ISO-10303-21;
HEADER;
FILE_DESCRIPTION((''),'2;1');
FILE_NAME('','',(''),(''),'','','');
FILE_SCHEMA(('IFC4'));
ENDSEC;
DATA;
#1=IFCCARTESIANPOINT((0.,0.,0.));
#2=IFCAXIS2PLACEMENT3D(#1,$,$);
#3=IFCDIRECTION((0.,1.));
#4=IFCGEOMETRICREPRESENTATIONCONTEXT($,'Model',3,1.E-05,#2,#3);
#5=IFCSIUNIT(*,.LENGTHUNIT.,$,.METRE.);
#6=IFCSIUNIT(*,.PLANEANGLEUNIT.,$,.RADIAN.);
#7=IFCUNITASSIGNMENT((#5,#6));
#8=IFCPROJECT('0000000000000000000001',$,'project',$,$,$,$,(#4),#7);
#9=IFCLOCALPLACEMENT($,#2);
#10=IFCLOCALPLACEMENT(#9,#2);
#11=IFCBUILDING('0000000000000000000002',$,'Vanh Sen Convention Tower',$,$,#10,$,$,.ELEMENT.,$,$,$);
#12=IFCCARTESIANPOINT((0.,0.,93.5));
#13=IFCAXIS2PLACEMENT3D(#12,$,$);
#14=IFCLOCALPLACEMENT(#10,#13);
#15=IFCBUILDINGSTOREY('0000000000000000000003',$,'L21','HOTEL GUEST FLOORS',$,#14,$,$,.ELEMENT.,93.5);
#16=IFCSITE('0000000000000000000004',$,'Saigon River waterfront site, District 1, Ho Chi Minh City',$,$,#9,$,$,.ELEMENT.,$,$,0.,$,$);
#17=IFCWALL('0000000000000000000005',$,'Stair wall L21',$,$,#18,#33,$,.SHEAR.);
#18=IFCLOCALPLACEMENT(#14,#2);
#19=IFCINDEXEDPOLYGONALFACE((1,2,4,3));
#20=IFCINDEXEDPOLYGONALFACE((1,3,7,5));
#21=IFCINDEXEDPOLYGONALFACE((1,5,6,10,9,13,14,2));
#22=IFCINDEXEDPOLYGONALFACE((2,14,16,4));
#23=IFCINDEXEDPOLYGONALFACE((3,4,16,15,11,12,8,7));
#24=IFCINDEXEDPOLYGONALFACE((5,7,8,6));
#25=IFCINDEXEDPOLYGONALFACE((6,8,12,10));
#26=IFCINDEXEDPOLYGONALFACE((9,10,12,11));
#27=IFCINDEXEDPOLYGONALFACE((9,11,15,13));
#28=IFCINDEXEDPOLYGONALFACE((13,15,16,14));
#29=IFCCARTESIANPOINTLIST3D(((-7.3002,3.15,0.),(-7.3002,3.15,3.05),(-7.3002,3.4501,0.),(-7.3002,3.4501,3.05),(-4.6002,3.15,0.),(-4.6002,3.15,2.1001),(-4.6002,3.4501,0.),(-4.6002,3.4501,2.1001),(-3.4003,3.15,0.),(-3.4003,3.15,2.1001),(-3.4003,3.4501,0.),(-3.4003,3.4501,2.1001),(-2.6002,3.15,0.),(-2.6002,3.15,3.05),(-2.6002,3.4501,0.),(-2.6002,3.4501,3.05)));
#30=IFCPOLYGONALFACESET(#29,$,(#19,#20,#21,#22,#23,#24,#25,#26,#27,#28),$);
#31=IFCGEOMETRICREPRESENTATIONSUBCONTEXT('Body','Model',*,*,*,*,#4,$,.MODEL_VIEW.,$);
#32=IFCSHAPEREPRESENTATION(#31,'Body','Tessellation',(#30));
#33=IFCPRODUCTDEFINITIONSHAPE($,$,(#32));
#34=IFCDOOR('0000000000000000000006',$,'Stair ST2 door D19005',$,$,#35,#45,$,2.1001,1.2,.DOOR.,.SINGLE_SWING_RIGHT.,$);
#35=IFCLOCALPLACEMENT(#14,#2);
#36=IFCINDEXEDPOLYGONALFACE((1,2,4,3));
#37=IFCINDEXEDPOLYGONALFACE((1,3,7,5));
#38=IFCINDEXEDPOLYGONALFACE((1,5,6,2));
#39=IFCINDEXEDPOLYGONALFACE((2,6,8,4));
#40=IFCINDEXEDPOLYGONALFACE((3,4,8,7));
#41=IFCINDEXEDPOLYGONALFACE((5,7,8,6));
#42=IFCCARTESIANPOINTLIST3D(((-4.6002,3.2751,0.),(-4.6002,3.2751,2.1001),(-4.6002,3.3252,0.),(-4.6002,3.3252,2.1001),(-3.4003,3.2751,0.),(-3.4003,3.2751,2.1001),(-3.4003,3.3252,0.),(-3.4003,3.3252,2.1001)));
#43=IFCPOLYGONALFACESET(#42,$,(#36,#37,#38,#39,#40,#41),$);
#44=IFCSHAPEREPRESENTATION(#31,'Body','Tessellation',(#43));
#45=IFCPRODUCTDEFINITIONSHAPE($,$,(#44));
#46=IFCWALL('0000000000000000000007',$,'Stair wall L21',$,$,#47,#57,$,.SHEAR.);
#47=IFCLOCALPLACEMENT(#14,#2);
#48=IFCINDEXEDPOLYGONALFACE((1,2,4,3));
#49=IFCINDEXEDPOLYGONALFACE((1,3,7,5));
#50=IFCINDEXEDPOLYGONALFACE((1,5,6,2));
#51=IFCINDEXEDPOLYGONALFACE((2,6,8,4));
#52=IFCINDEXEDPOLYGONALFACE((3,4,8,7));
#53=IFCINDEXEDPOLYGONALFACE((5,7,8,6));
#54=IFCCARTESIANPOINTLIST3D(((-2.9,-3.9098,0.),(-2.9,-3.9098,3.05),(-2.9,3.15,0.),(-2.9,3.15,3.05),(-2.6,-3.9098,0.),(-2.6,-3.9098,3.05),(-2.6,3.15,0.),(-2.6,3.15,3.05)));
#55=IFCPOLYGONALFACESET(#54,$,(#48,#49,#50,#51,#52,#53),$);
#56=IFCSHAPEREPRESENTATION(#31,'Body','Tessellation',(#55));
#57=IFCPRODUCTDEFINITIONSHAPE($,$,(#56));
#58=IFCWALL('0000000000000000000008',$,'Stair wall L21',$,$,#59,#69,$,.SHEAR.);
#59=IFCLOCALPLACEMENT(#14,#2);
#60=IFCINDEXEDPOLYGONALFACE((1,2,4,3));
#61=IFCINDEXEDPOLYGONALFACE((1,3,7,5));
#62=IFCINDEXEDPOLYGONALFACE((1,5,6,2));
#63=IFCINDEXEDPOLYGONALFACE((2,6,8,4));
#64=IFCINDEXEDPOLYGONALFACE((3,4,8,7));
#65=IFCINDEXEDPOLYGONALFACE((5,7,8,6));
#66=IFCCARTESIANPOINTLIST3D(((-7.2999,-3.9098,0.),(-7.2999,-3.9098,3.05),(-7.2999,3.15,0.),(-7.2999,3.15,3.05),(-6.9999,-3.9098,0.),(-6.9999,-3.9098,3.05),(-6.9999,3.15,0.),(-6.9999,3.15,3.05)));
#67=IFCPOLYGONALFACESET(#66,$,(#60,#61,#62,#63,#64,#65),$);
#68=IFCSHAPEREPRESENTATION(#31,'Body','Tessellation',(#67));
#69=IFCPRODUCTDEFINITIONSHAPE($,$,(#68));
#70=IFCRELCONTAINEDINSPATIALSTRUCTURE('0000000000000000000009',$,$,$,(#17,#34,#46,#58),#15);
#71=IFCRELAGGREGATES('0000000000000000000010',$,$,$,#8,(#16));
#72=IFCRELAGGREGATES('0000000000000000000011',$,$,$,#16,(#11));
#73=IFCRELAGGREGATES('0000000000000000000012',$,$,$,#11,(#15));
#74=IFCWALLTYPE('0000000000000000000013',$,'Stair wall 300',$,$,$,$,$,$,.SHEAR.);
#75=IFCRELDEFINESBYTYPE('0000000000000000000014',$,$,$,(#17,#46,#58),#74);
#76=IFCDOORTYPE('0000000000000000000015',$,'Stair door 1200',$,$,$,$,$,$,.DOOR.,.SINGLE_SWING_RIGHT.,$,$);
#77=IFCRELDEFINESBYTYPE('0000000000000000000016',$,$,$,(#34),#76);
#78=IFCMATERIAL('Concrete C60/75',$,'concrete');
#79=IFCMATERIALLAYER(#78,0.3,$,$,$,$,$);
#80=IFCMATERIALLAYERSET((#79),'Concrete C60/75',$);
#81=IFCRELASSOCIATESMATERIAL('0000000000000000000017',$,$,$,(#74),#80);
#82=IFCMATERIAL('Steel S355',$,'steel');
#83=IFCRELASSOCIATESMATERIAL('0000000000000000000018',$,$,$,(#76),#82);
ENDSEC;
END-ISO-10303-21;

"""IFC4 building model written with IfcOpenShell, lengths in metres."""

from ifc_helpers import new_model, si_unit, direction, frame, frame_2d, origin, place, context, subcontext, project, spatial, rectangle, extrude, material, layer, layer_set, type_object, element, fill, save


model = new_model("IFC4")

# Units and contexts
model_context = context("Model", 3, precision=1e-05, world=origin(), true_north=direction((0.0, 1.0)))
body_context = subcontext(model_context, "Body", "Model", "MODEL_VIEW")
ifc_project = project(units=[si_unit("LENGTHUNIT", "METRE"), si_unit("PLANEANGLEUNIT", "RADIAN")], contexts=[model_context])

# Site, building, storey
site_placement = place(None, origin())
site = spatial("IfcSite", under=ifc_project, at=site_placement, Name="Saigon River waterfront site, District 1, Ho Chi Minh City", CompositionType="ELEMENT", RefElevation=0.0)
building_placement = place(site_placement, origin())
building = spatial("IfcBuilding", under=site, at=building_placement, Name="Vanh Sen Convention Tower", CompositionType="ELEMENT")
storey_placement = place(building_placement, frame((0.0, 0.0, 93.5)))
storey = spatial("IfcBuildingStorey", under=building, at=storey_placement, Name="L21", Description="HOTEL GUEST FLOORS", CompositionType="ELEMENT", Elevation=93.5)

# Shared definitions
ifc_material_1 = material(Name="Steel S355", Category="steel")
ifc_material_2 = material(Name="Concrete C60/75", Category="concrete")

# Shared definitions
ifc_layer_1 = layer(ifc_material_2, 0.3)
ifc_layer_set_1 = layer_set([ifc_layer_1], Name="Concrete C60/75")
wall_type_1 = type_object("IfcWallType", Name="Stair wall 300", PredefinedType="SHEAR", material=ifc_layer_set_1)

# Wall, opening, door
wall_1_placement = place(storey_placement, frame((-2.6001, 3.3, 0.0), z_axis=(0.0, 0.0, 1.0), x_axis=(-1.0, 0.0, 0.0)))
wall_1 = element("IfcWall", 1, at=wall_1_placement, inside=storey, type_object=wall_type_1, Name="Stair wall L21", PredefinedType="SHEAR", context=body_context, shape_type="SweptSolid", body=[
    extrude(rectangle(XDim=4.7, YDim=0.3, at=frame_2d((2.3501, 0.0))), origin(), (0.0, 0.0, 1.0), 3.05),
])
opening_1_placement = place(wall_1_placement, frame((0.8, 0.0, 0.0)))
opening_1 = element("IfcOpeningElement", 2, at=opening_1_placement, cuts=wall_1, PredefinedType="OPENING", context=body_context, shape_type="SweptSolid", body=[
    extrude(rectangle(XDim=1.2, YDim=2.1001, at=frame_2d((0.6001, 1.05))), frame((0.0, 0.1599, 0.0), z_axis=(0.0, -1.0, 0.0), x_axis=(1.0, 0.0, 0.0)), (0.0, 0.0, 1.0), 0.3201),
])
door_type_1 = type_object("IfcDoorType", Name="Stair door 1200", OperationType="SINGLE_SWING_RIGHT", PredefinedType="DOOR", material=ifc_material_1)
door_1_placement = place(opening_1_placement, origin())
door_1 = element("IfcDoor", 3, at=door_1_placement, inside=storey, type_object=door_type_1, Name="Stair ST2 door D19005", OperationType="SINGLE_SWING_RIGHT", OverallHeight=2.1001, OverallWidth=1.2, PredefinedType="DOOR", context=body_context, shape_type="SweptSolid", body=[
    extrude(rectangle(XDim=1.2, YDim=2.1001, at=frame_2d((0.6001, 1.05))), frame((0.0, 0.0249, 0.0), z_axis=(0.0, -1.0, 0.0), x_axis=(1.0, 0.0, 0.0)), (0.0, 0.0, 1.0), 0.05),
])
fill(opening_1, door_1)

# Walls
for number, where, z_axis, x_axis, name in (
    (4, (-2.75, 3.1499, 0.0), (0.0, 0.0, 1.0), (0.0, -1.0, 0.0), "Stair wall L21"),
    (5, (-7.1499, 3.1499, 0.0), (0.0, 0.0, 1.0), (0.0, -1.0, 0.0), "Stair wall L21"),
):
    element("IfcWall", number, at=place(storey_placement, frame(where, z_axis=z_axis, x_axis=x_axis)), inside=storey, type_object=wall_type_1, Name=name, PredefinedType="SHEAR", context=body_context, shape_type="SweptSolid", body=[
        extrude(rectangle(XDim=7.0598, YDim=0.3, at=frame_2d((3.5298, 0.0))), origin(), (0.0, 0.0, 1.0), 3.05),
    ])

save(model, "model.ifc")
